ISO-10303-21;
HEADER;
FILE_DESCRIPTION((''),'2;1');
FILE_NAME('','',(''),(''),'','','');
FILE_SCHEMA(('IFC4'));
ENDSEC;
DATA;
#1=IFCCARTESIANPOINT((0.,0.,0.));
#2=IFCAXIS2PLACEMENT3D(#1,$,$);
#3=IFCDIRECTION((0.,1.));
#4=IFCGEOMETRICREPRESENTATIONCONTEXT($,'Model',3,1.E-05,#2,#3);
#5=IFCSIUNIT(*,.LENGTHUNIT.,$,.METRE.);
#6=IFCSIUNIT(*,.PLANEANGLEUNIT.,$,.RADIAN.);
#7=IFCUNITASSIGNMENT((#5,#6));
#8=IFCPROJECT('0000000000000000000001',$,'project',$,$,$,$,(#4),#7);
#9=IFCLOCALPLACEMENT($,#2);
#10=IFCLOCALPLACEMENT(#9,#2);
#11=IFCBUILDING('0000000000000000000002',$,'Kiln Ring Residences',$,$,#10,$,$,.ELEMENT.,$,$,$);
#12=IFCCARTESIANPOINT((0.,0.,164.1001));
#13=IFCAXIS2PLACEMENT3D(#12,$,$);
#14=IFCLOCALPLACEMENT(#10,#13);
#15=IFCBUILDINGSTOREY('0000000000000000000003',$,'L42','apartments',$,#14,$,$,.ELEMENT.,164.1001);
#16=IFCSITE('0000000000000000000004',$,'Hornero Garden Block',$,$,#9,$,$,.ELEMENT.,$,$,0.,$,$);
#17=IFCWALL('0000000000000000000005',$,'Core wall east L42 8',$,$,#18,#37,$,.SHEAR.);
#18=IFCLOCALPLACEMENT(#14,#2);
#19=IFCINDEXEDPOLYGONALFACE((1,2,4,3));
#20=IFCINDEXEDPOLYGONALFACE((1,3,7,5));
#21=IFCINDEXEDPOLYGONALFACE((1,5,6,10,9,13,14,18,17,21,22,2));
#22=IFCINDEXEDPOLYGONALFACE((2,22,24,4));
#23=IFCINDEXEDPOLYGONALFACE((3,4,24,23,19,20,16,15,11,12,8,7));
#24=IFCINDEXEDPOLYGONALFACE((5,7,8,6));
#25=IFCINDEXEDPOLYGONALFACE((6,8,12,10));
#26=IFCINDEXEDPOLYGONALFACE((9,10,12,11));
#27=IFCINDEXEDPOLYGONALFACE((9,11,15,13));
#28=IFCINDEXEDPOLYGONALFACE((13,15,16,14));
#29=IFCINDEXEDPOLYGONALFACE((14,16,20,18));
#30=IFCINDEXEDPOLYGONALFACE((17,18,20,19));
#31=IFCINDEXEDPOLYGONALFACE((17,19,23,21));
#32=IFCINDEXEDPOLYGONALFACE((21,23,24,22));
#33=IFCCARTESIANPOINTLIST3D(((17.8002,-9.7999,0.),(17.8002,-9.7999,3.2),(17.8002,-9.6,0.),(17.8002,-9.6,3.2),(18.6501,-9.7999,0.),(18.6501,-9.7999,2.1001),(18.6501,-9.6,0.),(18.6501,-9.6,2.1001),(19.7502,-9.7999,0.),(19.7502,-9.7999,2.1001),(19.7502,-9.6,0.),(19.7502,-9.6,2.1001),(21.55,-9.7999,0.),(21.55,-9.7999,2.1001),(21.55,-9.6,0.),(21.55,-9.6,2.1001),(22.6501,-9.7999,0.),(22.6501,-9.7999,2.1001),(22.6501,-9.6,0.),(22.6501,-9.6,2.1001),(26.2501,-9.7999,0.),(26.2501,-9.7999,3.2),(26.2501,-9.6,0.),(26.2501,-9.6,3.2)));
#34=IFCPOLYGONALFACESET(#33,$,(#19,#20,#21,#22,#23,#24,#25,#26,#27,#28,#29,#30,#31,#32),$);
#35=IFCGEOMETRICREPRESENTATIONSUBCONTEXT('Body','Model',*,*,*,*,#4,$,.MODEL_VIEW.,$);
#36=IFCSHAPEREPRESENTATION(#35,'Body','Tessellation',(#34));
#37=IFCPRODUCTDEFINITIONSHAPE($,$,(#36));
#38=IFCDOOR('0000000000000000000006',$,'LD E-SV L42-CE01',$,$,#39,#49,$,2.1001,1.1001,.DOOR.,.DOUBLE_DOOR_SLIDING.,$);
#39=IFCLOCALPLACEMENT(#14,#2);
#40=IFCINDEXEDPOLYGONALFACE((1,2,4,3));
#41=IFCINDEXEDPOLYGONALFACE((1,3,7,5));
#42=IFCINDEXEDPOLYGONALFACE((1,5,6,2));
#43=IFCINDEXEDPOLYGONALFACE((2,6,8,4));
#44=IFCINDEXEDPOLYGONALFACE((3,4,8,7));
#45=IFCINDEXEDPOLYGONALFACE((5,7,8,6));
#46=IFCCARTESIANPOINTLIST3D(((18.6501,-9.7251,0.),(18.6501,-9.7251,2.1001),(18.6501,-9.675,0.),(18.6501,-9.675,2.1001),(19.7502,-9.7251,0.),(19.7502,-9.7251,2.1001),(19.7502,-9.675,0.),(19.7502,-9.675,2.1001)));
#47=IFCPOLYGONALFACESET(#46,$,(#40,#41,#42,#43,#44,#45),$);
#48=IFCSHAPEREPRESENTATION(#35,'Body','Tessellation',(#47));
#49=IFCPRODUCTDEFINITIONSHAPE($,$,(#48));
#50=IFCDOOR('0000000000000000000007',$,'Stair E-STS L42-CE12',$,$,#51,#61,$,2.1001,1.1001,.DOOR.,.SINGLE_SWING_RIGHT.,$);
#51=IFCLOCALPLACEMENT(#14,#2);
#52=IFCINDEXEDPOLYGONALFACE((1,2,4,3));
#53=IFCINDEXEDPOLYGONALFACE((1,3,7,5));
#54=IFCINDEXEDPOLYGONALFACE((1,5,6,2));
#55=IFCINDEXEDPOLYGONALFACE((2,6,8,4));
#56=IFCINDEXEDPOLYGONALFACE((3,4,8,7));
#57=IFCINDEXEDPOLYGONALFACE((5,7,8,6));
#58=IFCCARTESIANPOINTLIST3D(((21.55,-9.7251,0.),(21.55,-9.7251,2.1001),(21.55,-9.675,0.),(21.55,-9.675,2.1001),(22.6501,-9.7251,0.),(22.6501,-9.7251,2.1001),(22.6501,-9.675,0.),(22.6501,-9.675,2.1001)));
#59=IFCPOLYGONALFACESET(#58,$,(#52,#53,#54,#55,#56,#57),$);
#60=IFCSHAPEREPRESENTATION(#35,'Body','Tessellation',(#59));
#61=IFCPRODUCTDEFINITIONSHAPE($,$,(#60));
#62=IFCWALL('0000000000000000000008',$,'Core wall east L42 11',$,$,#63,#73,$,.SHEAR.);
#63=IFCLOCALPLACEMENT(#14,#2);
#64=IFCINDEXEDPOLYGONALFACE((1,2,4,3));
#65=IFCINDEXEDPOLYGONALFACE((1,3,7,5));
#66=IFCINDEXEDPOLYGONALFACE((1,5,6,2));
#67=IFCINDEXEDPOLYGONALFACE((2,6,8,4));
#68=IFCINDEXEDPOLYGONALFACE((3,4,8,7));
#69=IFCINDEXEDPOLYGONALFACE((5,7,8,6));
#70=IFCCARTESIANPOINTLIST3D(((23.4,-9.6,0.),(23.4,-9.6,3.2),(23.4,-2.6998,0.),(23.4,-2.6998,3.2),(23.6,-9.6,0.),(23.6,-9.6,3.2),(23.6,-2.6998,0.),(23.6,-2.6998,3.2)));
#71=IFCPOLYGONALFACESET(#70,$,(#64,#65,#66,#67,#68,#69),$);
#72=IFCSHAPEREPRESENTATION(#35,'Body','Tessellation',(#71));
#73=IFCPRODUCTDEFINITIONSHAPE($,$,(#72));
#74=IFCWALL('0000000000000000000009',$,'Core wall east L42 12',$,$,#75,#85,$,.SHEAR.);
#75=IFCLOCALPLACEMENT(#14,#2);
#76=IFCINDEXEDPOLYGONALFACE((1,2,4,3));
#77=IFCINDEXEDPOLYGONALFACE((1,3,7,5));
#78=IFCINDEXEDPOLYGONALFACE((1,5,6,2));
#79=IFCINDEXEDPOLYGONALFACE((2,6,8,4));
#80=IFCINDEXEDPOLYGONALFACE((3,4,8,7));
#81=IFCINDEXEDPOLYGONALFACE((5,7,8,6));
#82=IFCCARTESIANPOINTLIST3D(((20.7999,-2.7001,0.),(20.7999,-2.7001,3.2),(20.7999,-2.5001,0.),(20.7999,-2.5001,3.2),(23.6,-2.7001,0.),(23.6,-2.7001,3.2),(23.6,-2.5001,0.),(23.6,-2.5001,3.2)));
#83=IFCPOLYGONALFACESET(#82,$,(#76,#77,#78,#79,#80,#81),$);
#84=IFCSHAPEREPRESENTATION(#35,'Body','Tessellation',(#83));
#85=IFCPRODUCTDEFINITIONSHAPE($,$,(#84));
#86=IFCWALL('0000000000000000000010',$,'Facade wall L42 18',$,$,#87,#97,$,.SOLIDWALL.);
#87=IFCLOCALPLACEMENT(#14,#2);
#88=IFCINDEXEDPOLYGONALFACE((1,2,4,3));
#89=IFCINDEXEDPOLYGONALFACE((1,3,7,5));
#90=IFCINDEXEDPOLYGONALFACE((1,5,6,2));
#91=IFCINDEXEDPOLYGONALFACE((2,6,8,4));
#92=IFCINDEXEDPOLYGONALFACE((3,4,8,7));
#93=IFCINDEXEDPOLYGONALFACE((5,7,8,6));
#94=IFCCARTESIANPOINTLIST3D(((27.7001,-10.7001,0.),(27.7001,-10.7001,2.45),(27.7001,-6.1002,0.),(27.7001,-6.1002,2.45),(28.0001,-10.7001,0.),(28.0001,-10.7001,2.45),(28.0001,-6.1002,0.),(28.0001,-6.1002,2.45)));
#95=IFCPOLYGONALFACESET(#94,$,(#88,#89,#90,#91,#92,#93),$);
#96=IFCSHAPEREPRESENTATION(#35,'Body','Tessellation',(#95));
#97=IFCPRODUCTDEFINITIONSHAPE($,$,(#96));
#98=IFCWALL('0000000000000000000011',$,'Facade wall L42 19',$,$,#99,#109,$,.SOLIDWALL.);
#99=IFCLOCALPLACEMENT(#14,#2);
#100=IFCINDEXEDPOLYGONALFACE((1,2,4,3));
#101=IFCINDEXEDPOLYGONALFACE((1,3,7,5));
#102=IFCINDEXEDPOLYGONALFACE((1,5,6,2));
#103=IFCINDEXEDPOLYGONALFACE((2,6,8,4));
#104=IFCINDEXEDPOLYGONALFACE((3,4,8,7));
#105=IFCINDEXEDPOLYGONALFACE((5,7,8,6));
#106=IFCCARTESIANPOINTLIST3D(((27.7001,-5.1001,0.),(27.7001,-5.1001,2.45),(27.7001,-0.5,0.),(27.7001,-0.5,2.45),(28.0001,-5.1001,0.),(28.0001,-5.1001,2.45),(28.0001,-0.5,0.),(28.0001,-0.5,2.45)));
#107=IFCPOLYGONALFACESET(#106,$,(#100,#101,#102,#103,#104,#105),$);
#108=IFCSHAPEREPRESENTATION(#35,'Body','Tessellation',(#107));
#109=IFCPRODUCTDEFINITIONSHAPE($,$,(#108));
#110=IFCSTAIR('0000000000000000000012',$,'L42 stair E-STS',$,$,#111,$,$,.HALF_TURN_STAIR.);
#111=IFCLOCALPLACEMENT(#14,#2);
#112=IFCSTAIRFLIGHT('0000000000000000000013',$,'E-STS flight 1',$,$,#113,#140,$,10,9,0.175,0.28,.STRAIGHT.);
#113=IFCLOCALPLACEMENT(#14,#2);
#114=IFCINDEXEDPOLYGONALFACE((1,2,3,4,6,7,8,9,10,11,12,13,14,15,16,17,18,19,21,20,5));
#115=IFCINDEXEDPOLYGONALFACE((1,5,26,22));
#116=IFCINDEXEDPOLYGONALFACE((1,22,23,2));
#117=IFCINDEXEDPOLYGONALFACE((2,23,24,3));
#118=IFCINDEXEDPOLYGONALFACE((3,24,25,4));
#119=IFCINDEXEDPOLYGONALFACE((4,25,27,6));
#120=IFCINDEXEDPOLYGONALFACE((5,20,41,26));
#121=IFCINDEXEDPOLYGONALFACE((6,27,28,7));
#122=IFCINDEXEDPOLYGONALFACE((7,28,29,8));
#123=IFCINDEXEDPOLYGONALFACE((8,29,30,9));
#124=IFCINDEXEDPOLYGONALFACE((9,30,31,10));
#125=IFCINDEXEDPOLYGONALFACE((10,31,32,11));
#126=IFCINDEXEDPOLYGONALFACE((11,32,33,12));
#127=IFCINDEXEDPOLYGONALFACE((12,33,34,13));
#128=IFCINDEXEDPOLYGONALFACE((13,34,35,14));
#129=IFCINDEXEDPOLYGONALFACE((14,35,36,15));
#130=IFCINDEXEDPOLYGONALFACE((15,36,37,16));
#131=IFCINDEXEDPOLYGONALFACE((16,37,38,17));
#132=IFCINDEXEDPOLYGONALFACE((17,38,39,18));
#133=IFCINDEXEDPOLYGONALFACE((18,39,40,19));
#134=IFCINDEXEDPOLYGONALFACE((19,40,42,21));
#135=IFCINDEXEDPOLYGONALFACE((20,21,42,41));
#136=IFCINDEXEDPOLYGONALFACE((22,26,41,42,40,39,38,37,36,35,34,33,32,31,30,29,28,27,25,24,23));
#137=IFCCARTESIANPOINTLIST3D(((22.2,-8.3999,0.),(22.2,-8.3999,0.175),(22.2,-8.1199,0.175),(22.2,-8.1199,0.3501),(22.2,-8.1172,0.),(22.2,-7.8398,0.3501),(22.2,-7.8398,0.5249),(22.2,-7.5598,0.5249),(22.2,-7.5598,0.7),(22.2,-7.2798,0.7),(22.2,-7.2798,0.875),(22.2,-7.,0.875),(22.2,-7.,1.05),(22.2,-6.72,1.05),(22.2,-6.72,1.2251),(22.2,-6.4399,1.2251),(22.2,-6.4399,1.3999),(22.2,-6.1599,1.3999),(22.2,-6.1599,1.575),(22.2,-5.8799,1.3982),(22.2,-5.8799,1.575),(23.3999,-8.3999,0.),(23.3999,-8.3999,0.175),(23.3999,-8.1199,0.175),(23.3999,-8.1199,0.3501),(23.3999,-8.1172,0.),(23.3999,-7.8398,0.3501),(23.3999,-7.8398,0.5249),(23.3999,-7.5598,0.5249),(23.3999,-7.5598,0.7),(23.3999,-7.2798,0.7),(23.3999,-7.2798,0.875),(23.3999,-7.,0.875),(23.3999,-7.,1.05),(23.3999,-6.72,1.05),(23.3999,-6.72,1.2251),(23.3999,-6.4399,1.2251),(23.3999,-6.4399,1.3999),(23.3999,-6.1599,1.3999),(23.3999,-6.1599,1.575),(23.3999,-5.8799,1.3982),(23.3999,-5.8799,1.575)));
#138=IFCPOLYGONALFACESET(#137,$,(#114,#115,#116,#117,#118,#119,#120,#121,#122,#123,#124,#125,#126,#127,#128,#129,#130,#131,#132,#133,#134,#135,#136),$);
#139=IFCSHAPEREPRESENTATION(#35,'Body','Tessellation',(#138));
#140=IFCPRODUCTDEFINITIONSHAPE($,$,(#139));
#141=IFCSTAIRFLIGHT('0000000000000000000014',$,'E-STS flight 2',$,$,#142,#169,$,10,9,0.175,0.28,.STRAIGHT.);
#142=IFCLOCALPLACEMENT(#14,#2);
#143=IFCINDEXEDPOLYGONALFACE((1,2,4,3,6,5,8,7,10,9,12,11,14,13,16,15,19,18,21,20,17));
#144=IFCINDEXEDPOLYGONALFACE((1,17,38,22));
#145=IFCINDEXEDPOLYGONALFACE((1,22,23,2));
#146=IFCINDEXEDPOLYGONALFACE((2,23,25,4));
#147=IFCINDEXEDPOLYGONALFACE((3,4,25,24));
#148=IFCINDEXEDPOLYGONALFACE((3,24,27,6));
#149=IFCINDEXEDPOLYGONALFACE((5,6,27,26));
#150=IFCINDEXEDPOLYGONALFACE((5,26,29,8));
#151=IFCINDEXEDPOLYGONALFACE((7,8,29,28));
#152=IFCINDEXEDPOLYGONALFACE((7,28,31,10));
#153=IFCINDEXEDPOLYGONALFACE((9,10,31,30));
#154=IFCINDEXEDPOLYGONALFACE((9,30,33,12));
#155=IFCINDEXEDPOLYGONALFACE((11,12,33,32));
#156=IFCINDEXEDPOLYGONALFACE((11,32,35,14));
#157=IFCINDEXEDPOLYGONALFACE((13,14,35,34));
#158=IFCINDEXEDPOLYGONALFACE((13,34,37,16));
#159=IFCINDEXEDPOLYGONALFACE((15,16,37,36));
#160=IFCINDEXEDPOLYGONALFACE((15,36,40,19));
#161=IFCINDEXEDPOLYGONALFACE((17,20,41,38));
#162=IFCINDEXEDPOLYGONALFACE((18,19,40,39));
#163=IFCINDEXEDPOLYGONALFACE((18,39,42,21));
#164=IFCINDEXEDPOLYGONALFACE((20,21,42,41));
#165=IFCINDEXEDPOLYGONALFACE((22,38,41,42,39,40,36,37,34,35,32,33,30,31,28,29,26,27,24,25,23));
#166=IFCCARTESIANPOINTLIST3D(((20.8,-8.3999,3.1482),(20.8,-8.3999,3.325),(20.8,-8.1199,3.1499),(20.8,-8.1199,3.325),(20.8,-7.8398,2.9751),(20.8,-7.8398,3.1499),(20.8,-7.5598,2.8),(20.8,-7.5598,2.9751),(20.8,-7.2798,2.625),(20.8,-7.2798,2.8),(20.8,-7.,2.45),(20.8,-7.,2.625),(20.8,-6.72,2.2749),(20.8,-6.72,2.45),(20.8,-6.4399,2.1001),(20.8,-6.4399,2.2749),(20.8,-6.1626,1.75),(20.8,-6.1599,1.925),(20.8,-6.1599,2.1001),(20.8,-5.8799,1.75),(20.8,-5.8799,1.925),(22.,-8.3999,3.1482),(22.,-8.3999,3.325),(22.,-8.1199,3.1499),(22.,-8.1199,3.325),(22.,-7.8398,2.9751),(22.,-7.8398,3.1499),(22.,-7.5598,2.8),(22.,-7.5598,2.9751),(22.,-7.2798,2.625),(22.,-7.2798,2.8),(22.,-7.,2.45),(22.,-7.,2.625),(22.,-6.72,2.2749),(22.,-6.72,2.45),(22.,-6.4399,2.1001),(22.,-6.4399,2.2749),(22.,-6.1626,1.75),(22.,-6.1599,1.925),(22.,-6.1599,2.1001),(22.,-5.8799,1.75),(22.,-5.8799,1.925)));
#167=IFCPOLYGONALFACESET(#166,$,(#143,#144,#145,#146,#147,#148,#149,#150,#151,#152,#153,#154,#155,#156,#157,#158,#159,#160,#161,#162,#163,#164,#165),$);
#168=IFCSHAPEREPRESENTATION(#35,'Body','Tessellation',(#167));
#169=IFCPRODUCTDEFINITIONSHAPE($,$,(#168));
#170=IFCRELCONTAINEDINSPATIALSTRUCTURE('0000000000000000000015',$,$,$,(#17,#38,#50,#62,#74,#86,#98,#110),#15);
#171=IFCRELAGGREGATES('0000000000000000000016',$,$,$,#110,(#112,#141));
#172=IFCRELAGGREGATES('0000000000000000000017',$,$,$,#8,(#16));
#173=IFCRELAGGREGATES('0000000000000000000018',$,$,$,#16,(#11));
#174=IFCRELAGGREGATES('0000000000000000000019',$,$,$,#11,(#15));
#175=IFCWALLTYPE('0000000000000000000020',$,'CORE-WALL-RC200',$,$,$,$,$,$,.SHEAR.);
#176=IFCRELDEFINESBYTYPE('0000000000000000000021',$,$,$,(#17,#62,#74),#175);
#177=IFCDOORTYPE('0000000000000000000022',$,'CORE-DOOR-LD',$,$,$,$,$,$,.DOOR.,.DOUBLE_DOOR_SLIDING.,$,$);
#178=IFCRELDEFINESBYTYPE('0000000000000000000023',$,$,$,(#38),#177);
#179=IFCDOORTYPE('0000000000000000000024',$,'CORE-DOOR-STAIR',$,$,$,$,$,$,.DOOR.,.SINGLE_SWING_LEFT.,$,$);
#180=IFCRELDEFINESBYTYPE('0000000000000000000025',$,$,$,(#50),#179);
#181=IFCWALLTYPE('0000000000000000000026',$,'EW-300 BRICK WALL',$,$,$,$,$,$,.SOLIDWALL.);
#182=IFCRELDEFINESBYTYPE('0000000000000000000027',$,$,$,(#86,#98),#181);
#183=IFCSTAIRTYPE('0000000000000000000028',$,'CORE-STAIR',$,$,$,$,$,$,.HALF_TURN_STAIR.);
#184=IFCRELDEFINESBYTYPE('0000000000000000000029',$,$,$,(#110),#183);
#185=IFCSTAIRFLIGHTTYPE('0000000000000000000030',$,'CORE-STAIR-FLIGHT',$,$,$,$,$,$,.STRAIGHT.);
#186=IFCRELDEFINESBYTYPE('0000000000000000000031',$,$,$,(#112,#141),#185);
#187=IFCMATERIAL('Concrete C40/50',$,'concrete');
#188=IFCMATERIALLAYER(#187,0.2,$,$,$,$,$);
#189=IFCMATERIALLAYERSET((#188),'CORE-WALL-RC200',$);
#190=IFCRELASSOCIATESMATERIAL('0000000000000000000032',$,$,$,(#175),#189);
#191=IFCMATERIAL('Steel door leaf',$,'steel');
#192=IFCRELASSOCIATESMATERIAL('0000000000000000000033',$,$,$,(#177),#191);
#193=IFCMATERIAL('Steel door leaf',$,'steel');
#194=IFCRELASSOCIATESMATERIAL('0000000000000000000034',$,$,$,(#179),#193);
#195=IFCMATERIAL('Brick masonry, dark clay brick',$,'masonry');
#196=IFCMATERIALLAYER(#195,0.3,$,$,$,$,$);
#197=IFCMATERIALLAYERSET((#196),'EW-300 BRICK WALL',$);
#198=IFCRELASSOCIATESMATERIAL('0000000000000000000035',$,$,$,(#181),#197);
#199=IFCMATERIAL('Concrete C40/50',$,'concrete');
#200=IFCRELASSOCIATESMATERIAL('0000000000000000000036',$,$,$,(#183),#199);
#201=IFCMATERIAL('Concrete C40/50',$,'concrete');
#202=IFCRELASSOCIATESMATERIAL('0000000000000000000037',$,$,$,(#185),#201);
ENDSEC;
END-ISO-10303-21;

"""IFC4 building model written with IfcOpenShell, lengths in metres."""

from ifc_helpers import new_model, si_unit, direction, frame, frame_2d, origin, place, context, subcontext, project, spatial, polyline, rectangle, outline, extrude, material, layer, layer_set, type_object, element, fill, aggregate, save


model = new_model("IFC4")

# Units and contexts
model_context = context("Model", 3, precision=1e-05, world=origin(), true_north=direction((0.0, 1.0)))
body_context = subcontext(model_context, "Body", "Model", "MODEL_VIEW")
ifc_project = project(units=[si_unit("LENGTHUNIT", "METRE"), si_unit("PLANEANGLEUNIT", "RADIAN")], contexts=[model_context])

# Site, building, storey
site_placement = place(None, origin())
site = spatial("IfcSite", under=ifc_project, at=site_placement, Name="Hornero Garden Block", CompositionType="ELEMENT", RefElevation=0.0)
building_placement = place(site_placement, origin())
building = spatial("IfcBuilding", under=site, at=building_placement, Name="Kiln Ring Residences", CompositionType="ELEMENT")
storey_placement = place(building_placement, frame((0.0, 0.0, 164.1001)))
storey = spatial("IfcBuildingStorey", under=building, at=storey_placement, Name="L42", Description="apartments", CompositionType="ELEMENT", Elevation=164.1001)

# Shared definitions
ifc_material_1 = material(Name="Concrete C40/50", Category="concrete")
ifc_layer_1 = layer(ifc_material_1, 0.2)
ifc_layer_set_1 = layer_set([ifc_layer_1], Name="CORE-WALL-RC200")
wall_type_1 = type_object("IfcWallType", Name="CORE-WALL-RC200", PredefinedType="SHEAR", material=ifc_layer_set_1)

# Wall, openings, doors
wall_1_placement = place(storey_placement, frame((17.8, -9.7, 0.0), z_axis=(0.0, 0.0, 1.0), x_axis=(1.0, 0.0, 0.0)))
wall_1 = element("IfcWall", 1, at=wall_1_placement, inside=storey, type_object=wall_type_1, Name="Core wall east L42 8", PredefinedType="SHEAR", context=body_context, shape_type="SweptSolid", body=[
    extrude(rectangle(XDim=8.45, YDim=0.2, at=frame_2d((4.2251, 0.0))), origin(), (0.0, 0.0, 1.0), 3.2),
])
opening_1_placement = place(wall_1_placement, frame((0.8501, 0.0, 0.0)))
opening_1 = element("IfcOpeningElement", 2, at=opening_1_placement, cuts=wall_1, PredefinedType="OPENING", context=body_context, shape_type="SweptSolid", body=[
    extrude(rectangle(XDim=1.1001, YDim=2.1001, at=frame_2d((0.55, 1.05))), frame((0.0, 0.1099, 0.0), z_axis=(0.0, -1.0, 0.0), x_axis=(1.0, 0.0, 0.0)), (0.0, 0.0, 1.0), 0.22),
])
opening_2_placement = place(wall_1_placement, frame((3.75, 0.0, 0.0)))
opening_2 = element("IfcOpeningElement", 3, at=opening_2_placement, cuts=wall_1, PredefinedType="OPENING", context=body_context, shape_type="SweptSolid", body=[
    extrude(rectangle(XDim=1.1001, YDim=2.1001, at=frame_2d((0.55, 1.05))), frame((0.0, 0.1099, 0.0), z_axis=(0.0, -1.0, 0.0), x_axis=(1.0, 0.0, 0.0)), (0.0, 0.0, 1.0), 0.22),
])
ifc_material_2 = material(Name="Steel door leaf", Category="steel")
door_type_1 = type_object("IfcDoorType", Name="CORE-DOOR-LD", OperationType="DOUBLE_DOOR_SLIDING", PredefinedType="DOOR", material=ifc_material_2)
door_1_placement = place(opening_1_placement, origin())
door_1 = element("IfcDoor", 4, at=door_1_placement, inside=storey, type_object=door_type_1, Name="LD E-SV L42-CE01", OperationType="DOUBLE_DOOR_SLIDING", OverallHeight=2.1001, OverallWidth=1.1001, PredefinedType="DOOR", context=body_context, shape_type="SweptSolid", body=[
    extrude(rectangle(XDim=1.1001, YDim=2.1001, at=frame_2d((0.55, 1.05))), frame((0.0, 0.0249, 0.0), z_axis=(0.0, -1.0, 0.0), x_axis=(1.0, 0.0, 0.0)), (0.0, 0.0, 1.0), 0.05),
])
fill(opening_1, door_1)
ifc_material_3 = material(Name="Steel door leaf", Category="steel")
door_type_2 = type_object("IfcDoorType", Name="CORE-DOOR-STAIR", OperationType="SINGLE_SWING_LEFT", PredefinedType="DOOR", material=ifc_material_3)
door_2_placement = place(opening_2_placement, origin())
door_2 = element("IfcDoor", 5, at=door_2_placement, inside=storey, type_object=door_type_2, Name="Stair E-STS L42-CE12", OperationType="SINGLE_SWING_RIGHT", OverallHeight=2.1001, OverallWidth=1.1001, PredefinedType="DOOR", context=body_context, shape_type="SweptSolid", body=[
    extrude(rectangle(XDim=1.1001, YDim=2.1001, at=frame_2d((0.55, 1.05))), frame((0.0, 0.0249, 0.0), z_axis=(0.0, -1.0, 0.0), x_axis=(1.0, 0.0, 0.0)), (0.0, 0.0, 1.0), 0.05),
])
fill(opening_2, door_2)

# Walls
wall_2_placement = place(storey_placement, frame((23.5, -9.6001, 0.0), z_axis=(0.0, 0.0, 1.0), x_axis=(0.0, 1.0, 0.0)))
element("IfcWall", 6, at=wall_2_placement, inside=storey, type_object=wall_type_1, Name="Core wall east L42 11", PredefinedType="SHEAR", context=body_context, shape_type="SweptSolid", body=[
    extrude(rectangle(XDim=6.9001, YDim=0.2, at=frame_2d((3.4502, 0.0))), origin(), (0.0, 0.0, 1.0), 3.2),
])
wall_3_placement = place(storey_placement, frame((20.8, -2.6001, 0.0), z_axis=(0.0, 0.0, 1.0), x_axis=(1.0, 0.0, 0.0)))
element("IfcWall", 7, at=wall_3_placement, inside=storey, type_object=wall_type_1, Name="Core wall east L42 12", PredefinedType="SHEAR", context=body_context, shape_type="SweptSolid", body=[
    extrude(rectangle(XDim=2.8, YDim=0.2, at=frame_2d((1.3999, 0.0))), origin(), (0.0, 0.0, 1.0), 3.2),
])
ifc_material_4 = material(Name="Brick masonry, dark clay brick", Category="masonry")
ifc_layer_2 = layer(ifc_material_4, 0.3)
ifc_layer_set_2 = layer_set([ifc_layer_2], Name="EW-300 BRICK WALL")
wall_type_2 = type_object("IfcWallType", Name="EW-300 BRICK WALL", PredefinedType="SOLIDWALL", material=ifc_layer_set_2)
wall_4_placement = place(storey_placement, frame((27.8501, -10.7, 0.0), z_axis=(0.0, 0.0, 1.0), x_axis=(0.0, 1.0, 0.0)))
element("IfcWall", 8, at=wall_4_placement, inside=storey, type_object=wall_type_2, Name="Facade wall L42 18", PredefinedType="SOLIDWALL", context=body_context, shape_type="SweptSolid", body=[
    extrude(rectangle(XDim=4.5999, YDim=0.3, at=frame_2d((2.2998, 0.0))), origin(), (0.0, 0.0, 1.0), 2.45),
])
wall_5_placement = place(storey_placement, frame((27.8501, -5.1001, 0.0), z_axis=(0.0, 0.0, 1.0), x_axis=(0.0, 1.0, 0.0)))
element("IfcWall", 9, at=wall_5_placement, inside=storey, type_object=wall_type_2, Name="Facade wall L42 19", PredefinedType="SOLIDWALL", context=body_context, shape_type="SweptSolid", body=[
    extrude(rectangle(XDim=4.6001, YDim=0.3, at=frame_2d((2.3, 0.0))), origin(), (0.0, 0.0, 1.0), 2.45),
])

# Stair, stair flights
ifc_material_5 = material(Name="Concrete C40/50", Category="concrete")
stair_type = type_object("IfcStairType", Name="CORE-STAIR", PredefinedType="HALF_TURN_STAIR", material=ifc_material_5)
stair_placement = place(storey_placement, origin())
stair = element("IfcStair", 10, at=stair_placement, inside=storey, type_object=stair_type, Name="L42 stair E-STS", PredefinedType="HALF_TURN_STAIR")
ifc_material_6 = material(Name="Concrete C40/50", Category="concrete")
stair_flight_type = type_object("IfcStairFlightType", Name="CORE-STAIR-FLIGHT", PredefinedType="STRAIGHT", material=ifc_material_6)
stair_flight_1_placement = place(storey_placement, frame((22.8, -8.3999, 0.0), z_axis=(0.0, 0.0, 1.0), x_axis=(0.0, 1.0, 0.0)))
stair_flight_1 = element("IfcStairFlight", 11, at=stair_flight_1_placement, type_object=stair_flight_type, Name="E-STS flight 1", NumberOfRisers=10, NumberOfTreads=9, PredefinedType="STRAIGHT", RiserHeight=0.175, TreadLength=0.28, context=body_context, shape_type="SweptSolid", body=[
    extrude(outline(polyline([(0.0, 0.0), (0.0, 0.175), (0.28, 0.175), (0.28, 0.3501), (0.5601, 0.3501), (0.5601, 0.5249), (0.8401, 0.5249), (0.8401, 0.7), (1.1201, 0.7), (1.1201, 0.875), (1.3999, 0.875), (1.3999, 1.05), (1.6799, 1.05), (1.6799, 1.2251), (1.96, 1.2251), (1.96, 1.3999), (2.24, 1.3999), (2.24, 1.575), (2.52, 1.575), (2.52, 1.75), (2.52, 1.3982), (0.2827, 0.0), (0.0, 0.0)])), frame((0.0, 0.6001, 0.0), z_axis=(0.0, -1.0, 0.0), x_axis=(1.0, 0.0, 0.0)), (0.0, 0.0, 1.0), 1.2),
])
stair_flight_2_placement = place(storey_placement, frame((21.3999, -5.8799, 1.75), z_axis=(0.0, 0.0, 1.0), x_axis=(0.0, -1.0, 0.0)))
stair_flight_2 = element("IfcStairFlight", 12, at=stair_flight_2_placement, type_object=stair_flight_type, Name="E-STS flight 2", NumberOfRisers=10, NumberOfTreads=9, PredefinedType="STRAIGHT", RiserHeight=0.175, TreadLength=0.28, context=body_context, shape_type="SweptSolid", body=[
    extrude(outline(polyline([(0.0, 0.0), (0.0, 0.175), (0.28, 0.175), (0.28, 0.3501), (0.5601, 0.3501), (0.5601, 0.5249), (0.8401, 0.5249), (0.8401, 0.7), (1.1201, 0.7), (1.1201, 0.875), (1.3999, 0.875), (1.3999, 1.05), (1.6799, 1.05), (1.6799, 1.2251), (1.96, 1.2251), (1.96, 1.3999), (2.24, 1.3999), (2.24, 1.575), (2.52, 1.575), (2.52, 1.75), (2.52, 1.3982), (0.2827, 0.0), (0.0, 0.0)])), frame((0.0, 0.6001, 0.0), z_axis=(0.0, -1.0, 0.0), x_axis=(1.0, 0.0, 0.0)), (0.0, 0.0, 1.0), 1.2),
])
aggregate(stair, [stair_flight_1, stair_flight_2])

save(model, "model.ifc")
